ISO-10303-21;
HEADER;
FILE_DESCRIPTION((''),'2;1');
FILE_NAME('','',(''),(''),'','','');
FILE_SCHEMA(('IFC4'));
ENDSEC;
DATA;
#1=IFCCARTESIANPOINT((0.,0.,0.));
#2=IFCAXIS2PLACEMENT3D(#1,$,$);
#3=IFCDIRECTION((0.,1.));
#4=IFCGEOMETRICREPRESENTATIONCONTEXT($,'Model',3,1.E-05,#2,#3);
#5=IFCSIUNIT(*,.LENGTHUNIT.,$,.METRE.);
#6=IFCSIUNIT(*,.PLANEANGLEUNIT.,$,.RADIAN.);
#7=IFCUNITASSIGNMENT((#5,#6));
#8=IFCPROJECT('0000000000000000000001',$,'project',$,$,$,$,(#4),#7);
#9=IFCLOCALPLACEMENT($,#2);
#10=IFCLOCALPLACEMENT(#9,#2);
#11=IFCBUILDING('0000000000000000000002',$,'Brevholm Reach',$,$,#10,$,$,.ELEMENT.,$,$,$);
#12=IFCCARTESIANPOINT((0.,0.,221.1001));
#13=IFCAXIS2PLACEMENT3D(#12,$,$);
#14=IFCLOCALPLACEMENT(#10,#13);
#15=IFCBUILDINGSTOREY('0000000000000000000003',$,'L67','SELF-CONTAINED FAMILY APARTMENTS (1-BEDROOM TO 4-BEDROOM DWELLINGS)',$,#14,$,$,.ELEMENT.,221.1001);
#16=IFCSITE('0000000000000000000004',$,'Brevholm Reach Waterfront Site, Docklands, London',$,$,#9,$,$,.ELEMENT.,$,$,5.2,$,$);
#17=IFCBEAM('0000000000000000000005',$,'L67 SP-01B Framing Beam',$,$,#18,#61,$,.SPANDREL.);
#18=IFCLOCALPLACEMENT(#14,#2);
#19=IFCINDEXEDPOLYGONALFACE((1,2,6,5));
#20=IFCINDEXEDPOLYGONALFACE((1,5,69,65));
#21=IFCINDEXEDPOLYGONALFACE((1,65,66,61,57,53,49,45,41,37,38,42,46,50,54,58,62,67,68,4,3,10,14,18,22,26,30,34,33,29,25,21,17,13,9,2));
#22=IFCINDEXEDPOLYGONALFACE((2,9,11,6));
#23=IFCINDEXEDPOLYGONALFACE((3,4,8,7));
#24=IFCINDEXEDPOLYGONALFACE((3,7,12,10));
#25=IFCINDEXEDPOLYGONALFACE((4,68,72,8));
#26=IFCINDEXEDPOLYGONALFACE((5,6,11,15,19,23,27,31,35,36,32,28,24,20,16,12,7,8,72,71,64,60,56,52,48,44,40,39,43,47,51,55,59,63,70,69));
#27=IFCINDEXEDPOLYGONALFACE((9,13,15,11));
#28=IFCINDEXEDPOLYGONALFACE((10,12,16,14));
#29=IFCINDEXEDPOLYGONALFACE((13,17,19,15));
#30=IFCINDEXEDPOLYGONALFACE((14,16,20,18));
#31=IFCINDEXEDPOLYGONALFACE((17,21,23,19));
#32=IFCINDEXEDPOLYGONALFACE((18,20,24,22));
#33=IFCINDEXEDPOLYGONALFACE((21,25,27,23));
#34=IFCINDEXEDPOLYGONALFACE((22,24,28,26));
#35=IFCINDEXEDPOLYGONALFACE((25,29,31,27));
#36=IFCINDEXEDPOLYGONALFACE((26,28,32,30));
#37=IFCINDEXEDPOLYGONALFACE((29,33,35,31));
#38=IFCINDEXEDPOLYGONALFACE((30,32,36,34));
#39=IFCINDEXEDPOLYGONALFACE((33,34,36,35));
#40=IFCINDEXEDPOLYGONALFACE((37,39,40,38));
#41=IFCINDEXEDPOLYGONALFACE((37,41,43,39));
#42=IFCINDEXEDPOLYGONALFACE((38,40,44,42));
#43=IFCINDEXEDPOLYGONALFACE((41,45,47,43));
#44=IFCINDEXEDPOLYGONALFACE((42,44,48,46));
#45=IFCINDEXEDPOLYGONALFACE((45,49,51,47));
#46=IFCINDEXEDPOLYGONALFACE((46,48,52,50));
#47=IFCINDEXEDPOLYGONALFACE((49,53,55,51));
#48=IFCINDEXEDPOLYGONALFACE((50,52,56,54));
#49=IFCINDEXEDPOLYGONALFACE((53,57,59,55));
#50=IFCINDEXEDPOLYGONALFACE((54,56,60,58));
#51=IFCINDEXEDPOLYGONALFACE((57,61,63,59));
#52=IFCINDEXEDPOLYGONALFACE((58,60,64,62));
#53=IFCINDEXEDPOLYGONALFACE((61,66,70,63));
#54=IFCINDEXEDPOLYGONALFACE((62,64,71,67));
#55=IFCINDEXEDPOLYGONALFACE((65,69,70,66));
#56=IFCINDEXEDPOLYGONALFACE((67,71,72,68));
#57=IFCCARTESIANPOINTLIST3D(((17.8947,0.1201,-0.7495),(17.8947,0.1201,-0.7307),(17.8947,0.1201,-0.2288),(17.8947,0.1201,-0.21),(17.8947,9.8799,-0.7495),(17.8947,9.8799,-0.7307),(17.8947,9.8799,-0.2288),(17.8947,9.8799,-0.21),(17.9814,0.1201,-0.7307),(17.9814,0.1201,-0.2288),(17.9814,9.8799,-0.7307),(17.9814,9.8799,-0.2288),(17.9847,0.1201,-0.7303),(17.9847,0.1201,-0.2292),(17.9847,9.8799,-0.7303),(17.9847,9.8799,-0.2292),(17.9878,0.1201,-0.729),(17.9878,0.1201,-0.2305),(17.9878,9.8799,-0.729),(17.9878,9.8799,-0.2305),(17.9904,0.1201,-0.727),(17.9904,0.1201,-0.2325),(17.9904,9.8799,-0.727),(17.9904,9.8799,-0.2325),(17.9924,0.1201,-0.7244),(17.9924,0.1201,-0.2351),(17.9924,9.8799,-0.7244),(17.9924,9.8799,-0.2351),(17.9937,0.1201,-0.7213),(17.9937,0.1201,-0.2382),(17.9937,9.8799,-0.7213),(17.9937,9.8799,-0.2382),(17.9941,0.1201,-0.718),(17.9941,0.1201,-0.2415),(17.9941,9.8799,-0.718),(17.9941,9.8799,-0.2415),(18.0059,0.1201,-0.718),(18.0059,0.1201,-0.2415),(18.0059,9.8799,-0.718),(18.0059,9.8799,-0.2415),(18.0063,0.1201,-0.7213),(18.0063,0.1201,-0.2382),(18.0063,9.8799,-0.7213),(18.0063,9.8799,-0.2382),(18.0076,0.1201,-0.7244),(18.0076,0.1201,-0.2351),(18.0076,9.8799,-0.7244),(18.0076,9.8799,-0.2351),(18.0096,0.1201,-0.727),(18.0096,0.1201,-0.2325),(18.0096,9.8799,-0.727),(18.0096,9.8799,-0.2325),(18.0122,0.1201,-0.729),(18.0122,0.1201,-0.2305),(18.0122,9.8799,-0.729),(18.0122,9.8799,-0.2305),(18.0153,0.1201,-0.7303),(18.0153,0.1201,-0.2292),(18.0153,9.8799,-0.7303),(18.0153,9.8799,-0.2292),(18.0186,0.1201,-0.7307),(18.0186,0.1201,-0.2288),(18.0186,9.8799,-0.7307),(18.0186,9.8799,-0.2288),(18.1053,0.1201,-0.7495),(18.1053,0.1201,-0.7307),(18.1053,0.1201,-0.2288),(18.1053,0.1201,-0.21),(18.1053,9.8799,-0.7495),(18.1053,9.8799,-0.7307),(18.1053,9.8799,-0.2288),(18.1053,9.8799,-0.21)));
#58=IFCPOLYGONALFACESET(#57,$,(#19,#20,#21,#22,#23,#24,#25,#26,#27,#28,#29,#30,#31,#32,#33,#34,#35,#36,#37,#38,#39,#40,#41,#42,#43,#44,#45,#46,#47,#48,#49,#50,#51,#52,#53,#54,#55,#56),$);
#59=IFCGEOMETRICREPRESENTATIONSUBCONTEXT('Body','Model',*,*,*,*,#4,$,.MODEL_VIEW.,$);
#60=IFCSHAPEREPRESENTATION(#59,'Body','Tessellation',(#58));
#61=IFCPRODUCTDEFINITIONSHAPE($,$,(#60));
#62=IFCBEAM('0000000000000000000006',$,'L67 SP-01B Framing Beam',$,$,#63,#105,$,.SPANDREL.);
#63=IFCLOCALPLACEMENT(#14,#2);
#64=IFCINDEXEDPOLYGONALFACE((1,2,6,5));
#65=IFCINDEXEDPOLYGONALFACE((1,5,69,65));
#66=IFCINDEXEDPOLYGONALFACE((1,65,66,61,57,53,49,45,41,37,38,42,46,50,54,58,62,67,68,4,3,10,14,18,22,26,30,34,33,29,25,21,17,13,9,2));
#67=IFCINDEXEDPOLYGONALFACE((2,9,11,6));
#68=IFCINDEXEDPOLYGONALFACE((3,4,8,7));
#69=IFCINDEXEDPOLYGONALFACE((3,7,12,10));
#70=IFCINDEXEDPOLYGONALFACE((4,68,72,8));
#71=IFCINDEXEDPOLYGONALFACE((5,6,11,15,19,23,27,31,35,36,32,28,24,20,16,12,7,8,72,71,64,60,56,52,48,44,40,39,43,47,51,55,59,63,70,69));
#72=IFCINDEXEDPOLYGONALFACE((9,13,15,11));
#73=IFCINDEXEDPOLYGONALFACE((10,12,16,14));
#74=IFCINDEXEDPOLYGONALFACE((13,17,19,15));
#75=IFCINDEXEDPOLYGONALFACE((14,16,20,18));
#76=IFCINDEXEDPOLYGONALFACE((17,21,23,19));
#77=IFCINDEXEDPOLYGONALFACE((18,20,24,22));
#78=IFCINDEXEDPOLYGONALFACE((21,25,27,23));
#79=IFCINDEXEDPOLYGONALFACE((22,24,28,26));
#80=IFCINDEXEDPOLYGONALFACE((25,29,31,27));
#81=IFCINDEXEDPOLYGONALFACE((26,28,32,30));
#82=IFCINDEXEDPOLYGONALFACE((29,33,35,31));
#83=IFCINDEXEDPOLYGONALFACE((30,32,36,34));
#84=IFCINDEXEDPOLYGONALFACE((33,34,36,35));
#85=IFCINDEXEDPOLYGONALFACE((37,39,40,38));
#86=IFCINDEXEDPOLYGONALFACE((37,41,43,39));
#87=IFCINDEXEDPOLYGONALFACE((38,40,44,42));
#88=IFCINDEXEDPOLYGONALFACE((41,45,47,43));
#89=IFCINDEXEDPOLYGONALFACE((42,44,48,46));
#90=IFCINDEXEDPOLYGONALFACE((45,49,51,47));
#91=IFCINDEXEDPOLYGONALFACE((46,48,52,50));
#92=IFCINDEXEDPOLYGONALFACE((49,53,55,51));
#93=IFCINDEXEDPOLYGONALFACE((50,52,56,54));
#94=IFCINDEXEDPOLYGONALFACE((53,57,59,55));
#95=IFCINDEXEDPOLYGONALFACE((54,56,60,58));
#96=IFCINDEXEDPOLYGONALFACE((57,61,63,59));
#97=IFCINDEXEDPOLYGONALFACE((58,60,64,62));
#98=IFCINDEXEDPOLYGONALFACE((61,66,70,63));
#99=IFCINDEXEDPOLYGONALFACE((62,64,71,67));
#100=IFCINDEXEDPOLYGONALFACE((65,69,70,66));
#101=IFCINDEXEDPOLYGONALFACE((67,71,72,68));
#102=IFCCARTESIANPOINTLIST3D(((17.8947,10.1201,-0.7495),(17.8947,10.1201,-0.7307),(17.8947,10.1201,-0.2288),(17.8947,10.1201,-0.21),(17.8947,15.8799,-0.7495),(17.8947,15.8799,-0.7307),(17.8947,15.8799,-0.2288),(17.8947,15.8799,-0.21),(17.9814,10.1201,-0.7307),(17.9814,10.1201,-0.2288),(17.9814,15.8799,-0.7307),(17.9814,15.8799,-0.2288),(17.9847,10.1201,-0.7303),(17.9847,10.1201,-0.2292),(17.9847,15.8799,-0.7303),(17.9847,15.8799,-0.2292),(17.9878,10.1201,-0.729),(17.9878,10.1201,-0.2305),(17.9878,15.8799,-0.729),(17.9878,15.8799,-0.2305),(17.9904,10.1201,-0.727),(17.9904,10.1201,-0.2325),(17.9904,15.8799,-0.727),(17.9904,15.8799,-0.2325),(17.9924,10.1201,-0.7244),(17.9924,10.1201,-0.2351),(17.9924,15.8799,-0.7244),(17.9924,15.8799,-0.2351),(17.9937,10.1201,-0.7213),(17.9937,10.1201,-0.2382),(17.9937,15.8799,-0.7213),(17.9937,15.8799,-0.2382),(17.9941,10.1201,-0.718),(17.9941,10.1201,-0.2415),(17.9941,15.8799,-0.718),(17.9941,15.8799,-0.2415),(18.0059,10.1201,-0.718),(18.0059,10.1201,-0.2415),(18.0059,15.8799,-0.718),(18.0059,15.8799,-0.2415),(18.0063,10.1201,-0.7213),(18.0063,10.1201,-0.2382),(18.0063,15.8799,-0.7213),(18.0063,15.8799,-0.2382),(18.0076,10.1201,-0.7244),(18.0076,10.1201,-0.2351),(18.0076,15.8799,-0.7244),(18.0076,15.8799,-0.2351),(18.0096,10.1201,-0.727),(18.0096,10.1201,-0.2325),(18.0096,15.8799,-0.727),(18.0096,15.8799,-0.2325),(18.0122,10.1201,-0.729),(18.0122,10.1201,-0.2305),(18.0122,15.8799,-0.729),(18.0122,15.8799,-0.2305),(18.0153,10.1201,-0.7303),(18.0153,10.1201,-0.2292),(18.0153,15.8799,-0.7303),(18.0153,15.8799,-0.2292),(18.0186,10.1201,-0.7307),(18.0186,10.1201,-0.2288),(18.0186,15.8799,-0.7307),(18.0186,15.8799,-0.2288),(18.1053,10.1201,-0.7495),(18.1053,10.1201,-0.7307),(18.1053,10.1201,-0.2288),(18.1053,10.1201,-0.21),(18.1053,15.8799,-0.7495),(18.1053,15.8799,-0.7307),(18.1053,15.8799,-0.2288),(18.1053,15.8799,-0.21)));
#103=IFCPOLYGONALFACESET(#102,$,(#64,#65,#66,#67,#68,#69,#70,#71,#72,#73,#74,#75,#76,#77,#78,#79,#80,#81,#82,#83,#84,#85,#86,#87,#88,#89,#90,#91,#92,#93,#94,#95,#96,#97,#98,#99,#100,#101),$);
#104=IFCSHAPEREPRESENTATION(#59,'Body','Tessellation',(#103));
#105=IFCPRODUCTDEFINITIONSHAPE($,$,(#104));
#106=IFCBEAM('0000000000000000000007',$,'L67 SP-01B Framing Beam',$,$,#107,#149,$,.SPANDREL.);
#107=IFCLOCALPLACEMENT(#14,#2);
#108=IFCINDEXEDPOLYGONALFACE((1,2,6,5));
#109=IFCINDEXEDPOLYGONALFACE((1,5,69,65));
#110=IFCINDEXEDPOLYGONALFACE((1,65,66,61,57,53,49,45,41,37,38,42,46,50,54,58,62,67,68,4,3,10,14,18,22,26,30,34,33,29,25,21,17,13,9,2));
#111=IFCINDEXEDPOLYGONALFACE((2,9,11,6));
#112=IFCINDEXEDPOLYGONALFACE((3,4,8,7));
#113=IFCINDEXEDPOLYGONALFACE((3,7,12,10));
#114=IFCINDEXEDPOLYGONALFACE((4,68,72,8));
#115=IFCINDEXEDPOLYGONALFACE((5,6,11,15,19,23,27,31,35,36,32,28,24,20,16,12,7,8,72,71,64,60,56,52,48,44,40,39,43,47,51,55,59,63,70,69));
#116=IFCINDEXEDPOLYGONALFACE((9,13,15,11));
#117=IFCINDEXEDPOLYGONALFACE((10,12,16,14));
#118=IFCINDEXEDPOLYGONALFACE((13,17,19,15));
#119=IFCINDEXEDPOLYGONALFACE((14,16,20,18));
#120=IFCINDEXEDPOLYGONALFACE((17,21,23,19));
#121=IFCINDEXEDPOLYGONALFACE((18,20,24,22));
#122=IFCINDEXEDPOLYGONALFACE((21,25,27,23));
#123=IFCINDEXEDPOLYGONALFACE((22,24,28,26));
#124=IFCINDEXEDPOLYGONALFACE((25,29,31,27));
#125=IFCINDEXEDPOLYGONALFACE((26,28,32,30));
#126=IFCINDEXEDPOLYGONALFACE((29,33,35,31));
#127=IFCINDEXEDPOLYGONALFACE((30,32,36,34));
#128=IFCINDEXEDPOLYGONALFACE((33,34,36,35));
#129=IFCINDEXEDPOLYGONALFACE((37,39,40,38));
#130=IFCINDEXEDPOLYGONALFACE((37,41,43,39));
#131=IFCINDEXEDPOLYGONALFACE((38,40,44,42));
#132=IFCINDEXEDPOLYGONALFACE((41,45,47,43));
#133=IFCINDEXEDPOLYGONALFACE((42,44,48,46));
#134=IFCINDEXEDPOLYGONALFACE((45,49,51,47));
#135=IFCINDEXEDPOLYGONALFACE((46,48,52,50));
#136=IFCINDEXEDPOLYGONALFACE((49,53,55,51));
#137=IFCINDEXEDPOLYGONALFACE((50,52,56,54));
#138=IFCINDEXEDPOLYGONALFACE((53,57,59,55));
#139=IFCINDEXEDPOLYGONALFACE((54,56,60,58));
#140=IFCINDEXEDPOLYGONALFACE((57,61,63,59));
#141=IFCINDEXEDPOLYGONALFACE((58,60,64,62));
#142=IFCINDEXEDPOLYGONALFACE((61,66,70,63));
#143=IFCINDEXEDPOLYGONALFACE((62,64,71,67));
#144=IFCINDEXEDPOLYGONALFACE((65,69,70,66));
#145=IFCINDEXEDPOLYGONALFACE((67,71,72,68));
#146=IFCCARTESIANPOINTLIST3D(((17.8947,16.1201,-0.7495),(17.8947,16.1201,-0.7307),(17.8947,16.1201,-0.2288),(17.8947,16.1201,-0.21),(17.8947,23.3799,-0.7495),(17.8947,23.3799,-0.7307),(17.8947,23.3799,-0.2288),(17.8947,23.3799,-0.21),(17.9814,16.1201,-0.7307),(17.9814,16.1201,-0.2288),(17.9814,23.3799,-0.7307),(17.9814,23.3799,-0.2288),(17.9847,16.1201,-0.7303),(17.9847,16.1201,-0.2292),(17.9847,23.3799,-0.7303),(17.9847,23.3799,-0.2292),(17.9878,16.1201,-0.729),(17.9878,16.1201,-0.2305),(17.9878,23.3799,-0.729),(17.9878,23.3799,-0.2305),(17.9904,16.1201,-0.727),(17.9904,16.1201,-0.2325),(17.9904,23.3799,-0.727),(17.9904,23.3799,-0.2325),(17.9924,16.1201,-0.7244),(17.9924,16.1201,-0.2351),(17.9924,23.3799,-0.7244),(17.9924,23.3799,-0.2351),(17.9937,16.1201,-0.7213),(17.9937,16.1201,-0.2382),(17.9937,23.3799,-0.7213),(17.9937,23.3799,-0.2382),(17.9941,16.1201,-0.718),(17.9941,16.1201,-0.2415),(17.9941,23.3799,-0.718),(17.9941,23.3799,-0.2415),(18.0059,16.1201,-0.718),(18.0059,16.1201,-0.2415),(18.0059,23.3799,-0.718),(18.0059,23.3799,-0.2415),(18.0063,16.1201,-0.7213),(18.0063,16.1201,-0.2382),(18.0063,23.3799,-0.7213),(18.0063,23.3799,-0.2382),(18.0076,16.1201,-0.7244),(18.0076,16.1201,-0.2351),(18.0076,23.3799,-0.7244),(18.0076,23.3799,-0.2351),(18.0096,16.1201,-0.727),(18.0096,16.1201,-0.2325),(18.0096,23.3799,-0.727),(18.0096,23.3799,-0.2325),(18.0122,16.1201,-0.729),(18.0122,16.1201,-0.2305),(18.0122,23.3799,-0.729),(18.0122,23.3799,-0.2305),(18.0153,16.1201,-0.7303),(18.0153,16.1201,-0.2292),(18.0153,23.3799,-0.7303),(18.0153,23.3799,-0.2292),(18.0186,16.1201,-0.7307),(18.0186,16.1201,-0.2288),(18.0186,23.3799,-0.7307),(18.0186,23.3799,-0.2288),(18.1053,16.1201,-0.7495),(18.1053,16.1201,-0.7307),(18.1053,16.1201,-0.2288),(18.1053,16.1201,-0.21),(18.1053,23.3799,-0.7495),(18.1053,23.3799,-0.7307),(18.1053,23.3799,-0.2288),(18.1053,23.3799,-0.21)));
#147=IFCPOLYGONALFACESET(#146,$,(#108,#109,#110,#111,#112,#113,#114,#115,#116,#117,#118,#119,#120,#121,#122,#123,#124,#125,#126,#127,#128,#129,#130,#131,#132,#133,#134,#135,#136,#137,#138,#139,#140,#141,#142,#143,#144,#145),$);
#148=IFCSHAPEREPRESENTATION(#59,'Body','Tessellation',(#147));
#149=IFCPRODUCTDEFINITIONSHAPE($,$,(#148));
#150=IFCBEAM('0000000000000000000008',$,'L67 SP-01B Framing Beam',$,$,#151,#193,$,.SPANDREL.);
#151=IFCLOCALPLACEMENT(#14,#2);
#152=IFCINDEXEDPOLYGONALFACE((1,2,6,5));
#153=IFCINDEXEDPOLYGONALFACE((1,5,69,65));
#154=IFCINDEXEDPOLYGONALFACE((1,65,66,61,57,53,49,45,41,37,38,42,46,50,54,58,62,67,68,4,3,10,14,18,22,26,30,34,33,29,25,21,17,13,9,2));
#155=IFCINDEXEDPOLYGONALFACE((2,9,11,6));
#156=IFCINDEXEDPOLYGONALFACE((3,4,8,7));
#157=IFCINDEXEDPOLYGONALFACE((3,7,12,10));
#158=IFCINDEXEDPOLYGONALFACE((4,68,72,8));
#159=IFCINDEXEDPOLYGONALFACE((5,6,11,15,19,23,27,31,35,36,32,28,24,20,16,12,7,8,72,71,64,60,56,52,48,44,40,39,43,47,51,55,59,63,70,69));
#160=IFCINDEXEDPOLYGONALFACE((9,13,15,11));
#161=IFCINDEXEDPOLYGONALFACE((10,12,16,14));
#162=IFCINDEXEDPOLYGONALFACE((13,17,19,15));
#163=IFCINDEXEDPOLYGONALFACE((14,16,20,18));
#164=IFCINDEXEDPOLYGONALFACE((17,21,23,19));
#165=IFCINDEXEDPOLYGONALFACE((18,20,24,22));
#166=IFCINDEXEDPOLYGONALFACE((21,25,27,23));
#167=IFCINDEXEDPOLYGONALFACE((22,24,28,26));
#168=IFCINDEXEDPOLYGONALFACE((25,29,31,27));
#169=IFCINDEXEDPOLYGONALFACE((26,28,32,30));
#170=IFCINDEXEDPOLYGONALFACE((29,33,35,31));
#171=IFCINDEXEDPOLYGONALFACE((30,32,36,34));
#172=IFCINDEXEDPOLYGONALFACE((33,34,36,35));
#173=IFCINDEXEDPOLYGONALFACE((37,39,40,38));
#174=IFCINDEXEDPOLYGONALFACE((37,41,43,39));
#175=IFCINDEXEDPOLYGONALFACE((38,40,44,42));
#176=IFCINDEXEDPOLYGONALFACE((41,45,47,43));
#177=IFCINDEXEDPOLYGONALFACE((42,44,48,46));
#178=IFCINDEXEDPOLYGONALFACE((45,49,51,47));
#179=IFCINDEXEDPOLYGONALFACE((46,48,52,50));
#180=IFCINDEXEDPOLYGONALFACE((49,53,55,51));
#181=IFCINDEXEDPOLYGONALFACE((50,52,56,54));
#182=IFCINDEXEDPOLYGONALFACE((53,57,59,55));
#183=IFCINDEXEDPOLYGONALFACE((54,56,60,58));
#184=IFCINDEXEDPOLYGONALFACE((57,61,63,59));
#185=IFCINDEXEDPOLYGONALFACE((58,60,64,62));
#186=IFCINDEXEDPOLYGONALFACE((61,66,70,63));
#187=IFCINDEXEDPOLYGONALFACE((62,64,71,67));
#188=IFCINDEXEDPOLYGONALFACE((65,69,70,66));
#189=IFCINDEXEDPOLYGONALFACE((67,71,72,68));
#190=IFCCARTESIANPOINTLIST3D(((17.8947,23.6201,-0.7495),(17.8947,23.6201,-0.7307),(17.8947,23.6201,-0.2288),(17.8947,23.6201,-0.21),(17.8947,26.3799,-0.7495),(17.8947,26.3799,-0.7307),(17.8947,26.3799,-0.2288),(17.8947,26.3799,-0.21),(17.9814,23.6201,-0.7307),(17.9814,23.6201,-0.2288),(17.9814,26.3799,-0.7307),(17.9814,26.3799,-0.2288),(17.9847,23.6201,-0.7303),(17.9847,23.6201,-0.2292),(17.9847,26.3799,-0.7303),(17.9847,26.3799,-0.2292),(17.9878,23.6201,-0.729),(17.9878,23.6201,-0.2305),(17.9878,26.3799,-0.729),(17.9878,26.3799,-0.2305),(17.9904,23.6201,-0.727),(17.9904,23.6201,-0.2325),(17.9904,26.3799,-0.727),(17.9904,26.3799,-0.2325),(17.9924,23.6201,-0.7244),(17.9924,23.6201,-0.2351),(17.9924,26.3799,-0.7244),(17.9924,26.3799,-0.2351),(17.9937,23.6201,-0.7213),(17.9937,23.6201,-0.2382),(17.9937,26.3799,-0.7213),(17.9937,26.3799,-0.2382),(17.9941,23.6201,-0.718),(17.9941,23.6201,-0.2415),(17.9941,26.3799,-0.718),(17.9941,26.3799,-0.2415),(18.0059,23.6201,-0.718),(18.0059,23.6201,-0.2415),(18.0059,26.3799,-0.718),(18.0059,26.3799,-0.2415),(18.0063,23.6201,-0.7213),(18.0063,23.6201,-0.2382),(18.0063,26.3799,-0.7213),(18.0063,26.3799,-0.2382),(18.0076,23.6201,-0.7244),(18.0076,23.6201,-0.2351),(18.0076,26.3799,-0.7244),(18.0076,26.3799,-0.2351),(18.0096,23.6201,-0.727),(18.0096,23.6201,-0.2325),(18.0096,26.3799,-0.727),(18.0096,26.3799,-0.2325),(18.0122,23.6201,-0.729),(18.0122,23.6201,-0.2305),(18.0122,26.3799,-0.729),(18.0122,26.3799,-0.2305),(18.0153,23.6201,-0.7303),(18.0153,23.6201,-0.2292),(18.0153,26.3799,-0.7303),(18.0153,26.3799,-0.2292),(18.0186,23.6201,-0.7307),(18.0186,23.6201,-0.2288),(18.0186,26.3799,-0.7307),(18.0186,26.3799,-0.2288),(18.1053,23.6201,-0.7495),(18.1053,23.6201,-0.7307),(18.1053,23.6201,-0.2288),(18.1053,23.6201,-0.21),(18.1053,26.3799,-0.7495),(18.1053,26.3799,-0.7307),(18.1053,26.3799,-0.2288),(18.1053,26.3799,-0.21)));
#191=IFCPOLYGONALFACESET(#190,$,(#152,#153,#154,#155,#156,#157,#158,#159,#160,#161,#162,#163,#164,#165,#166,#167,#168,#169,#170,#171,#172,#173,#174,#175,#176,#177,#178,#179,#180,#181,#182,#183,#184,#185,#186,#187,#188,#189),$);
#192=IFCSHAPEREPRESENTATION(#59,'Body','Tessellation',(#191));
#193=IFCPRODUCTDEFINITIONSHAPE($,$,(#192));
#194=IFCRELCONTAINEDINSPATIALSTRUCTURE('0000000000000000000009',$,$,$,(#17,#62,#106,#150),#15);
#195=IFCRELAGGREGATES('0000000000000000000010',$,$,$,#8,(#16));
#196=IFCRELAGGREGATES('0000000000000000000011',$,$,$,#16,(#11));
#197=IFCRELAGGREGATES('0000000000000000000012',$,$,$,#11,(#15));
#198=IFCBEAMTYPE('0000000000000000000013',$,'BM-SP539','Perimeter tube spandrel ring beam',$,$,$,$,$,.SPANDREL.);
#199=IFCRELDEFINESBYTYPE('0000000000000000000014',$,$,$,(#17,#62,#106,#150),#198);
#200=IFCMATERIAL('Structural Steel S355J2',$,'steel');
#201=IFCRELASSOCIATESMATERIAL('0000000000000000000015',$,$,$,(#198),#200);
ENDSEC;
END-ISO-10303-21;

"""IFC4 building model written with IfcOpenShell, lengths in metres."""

from ifc_helpers import new_model, si_unit, direction, frame, origin, origin_2d, place, context, subcontext, project, spatial, i_section, extrude, material, material_profile, profile_set, type_object, element, save


model = new_model("IFC4")

# Units and contexts
model_context = context("Model", 3, precision=1e-05, world=origin(), true_north=direction((0.0, 1.0)))
body_context = subcontext(model_context, "Body", "Model", "MODEL_VIEW")
ifc_project = project(units=[si_unit("LENGTHUNIT", "METRE"), si_unit("PLANEANGLEUNIT", "RADIAN")], contexts=[model_context])

# Site, building, storey
site_placement = place(None, origin())
site = spatial("IfcSite", under=ifc_project, at=site_placement, Name="Brevholm Reach Waterfront Site, Docklands, London", CompositionType="ELEMENT", RefElevation=5.2)
building_placement = place(site_placement, origin())
building = spatial("IfcBuilding", under=site, at=building_placement, Name="Brevholm Reach", CompositionType="ELEMENT")
storey_placement = place(building_placement, frame((0.0, 0.0, 221.1001)))
storey = spatial("IfcBuildingStorey", under=building, at=storey_placement, Name="L67", Description="SELF-CONTAINED FAMILY APARTMENTS (1-BEDROOM TO 4-BEDROOM DWELLINGS)", CompositionType="ELEMENT", Elevation=221.1001)

# Beams
ifc_material_1 = material(Name="Structural Steel S355J2", Category="steel")
ifc_material_profile_1 = material_profile(ifc_material_1, i_section(OverallWidth=0.2107, OverallDepth=0.5396, WebThickness=0.0117, FlangeThickness=0.0188, FilletRadius=0.0127, at=origin_2d()), Name="UKB 533x210x109")
ifc_profile_set_1 = profile_set([ifc_material_profile_1], Name="Structural Steel S355J2")
beam_type_1 = type_object("IfcBeamType", Name="BM-SP539", Description="Perimeter tube spandrel ring beam", PredefinedType="SPANDREL", material=ifc_profile_set_1)
beam_1_placement = place(storey_placement, frame((18.0, 0.1201, -0.4797), z_axis=(0.0, 1.0, 0.0), x_axis=(-1.0, 0.0, 0.0)))
element("IfcBeam", 1, at=beam_1_placement, inside=storey, type_object=beam_type_1, Name="L67 SP-01B Framing Beam", PredefinedType="SPANDREL", context=body_context, shape_type="SweptSolid", body=[
    extrude(i_section(OverallWidth=0.2107, OverallDepth=0.5396, WebThickness=0.0117, FlangeThickness=0.0188, FilletRadius=0.0127, at=origin_2d()), origin(), (0.0, 0.0, 1.0), 9.7598),
])
beam_2_placement = place(storey_placement, frame((18.0, 10.1201, -0.4797), z_axis=(0.0, 1.0, 0.0), x_axis=(-1.0, 0.0, 0.0)))
element("IfcBeam", 2, at=beam_2_placement, inside=storey, type_object=beam_type_1, Name="L67 SP-01B Framing Beam", PredefinedType="SPANDREL", context=body_context, shape_type="SweptSolid", body=[
    extrude(i_section(OverallWidth=0.2107, OverallDepth=0.5396, WebThickness=0.0117, FlangeThickness=0.0188, FilletRadius=0.0127, at=origin_2d()), origin(), (0.0, 0.0, 1.0), 5.7598),
])
beam_3_placement = place(storey_placement, frame((18.0, 16.1201, -0.4797), z_axis=(0.0, 1.0, 0.0), x_axis=(-1.0, 0.0, 0.0)))
element("IfcBeam", 3, at=beam_3_placement, inside=storey, type_object=beam_type_1, Name="L67 SP-01B Framing Beam", PredefinedType="SPANDREL", context=body_context, shape_type="SweptSolid", body=[
    extrude(i_section(OverallWidth=0.2107, OverallDepth=0.5396, WebThickness=0.0117, FlangeThickness=0.0188, FilletRadius=0.0127, at=origin_2d()), origin(), (0.0, 0.0, 1.0), 7.2598),
])
beam_4_placement = place(storey_placement, frame((18.0, 23.6201, -0.4797), z_axis=(0.0, 1.0, 0.0), x_axis=(-1.0, 0.0, 0.0)))
element("IfcBeam", 4, at=beam_4_placement, inside=storey, type_object=beam_type_1, Name="L67 SP-01B Framing Beam", PredefinedType="SPANDREL", context=body_context, shape_type="SweptSolid", body=[
    extrude(i_section(OverallWidth=0.2107, OverallDepth=0.5396, WebThickness=0.0117, FlangeThickness=0.0188, FilletRadius=0.0127, at=origin_2d()), origin(), (0.0, 0.0, 1.0), 2.7598),
])

save(model, "model.ifc")
